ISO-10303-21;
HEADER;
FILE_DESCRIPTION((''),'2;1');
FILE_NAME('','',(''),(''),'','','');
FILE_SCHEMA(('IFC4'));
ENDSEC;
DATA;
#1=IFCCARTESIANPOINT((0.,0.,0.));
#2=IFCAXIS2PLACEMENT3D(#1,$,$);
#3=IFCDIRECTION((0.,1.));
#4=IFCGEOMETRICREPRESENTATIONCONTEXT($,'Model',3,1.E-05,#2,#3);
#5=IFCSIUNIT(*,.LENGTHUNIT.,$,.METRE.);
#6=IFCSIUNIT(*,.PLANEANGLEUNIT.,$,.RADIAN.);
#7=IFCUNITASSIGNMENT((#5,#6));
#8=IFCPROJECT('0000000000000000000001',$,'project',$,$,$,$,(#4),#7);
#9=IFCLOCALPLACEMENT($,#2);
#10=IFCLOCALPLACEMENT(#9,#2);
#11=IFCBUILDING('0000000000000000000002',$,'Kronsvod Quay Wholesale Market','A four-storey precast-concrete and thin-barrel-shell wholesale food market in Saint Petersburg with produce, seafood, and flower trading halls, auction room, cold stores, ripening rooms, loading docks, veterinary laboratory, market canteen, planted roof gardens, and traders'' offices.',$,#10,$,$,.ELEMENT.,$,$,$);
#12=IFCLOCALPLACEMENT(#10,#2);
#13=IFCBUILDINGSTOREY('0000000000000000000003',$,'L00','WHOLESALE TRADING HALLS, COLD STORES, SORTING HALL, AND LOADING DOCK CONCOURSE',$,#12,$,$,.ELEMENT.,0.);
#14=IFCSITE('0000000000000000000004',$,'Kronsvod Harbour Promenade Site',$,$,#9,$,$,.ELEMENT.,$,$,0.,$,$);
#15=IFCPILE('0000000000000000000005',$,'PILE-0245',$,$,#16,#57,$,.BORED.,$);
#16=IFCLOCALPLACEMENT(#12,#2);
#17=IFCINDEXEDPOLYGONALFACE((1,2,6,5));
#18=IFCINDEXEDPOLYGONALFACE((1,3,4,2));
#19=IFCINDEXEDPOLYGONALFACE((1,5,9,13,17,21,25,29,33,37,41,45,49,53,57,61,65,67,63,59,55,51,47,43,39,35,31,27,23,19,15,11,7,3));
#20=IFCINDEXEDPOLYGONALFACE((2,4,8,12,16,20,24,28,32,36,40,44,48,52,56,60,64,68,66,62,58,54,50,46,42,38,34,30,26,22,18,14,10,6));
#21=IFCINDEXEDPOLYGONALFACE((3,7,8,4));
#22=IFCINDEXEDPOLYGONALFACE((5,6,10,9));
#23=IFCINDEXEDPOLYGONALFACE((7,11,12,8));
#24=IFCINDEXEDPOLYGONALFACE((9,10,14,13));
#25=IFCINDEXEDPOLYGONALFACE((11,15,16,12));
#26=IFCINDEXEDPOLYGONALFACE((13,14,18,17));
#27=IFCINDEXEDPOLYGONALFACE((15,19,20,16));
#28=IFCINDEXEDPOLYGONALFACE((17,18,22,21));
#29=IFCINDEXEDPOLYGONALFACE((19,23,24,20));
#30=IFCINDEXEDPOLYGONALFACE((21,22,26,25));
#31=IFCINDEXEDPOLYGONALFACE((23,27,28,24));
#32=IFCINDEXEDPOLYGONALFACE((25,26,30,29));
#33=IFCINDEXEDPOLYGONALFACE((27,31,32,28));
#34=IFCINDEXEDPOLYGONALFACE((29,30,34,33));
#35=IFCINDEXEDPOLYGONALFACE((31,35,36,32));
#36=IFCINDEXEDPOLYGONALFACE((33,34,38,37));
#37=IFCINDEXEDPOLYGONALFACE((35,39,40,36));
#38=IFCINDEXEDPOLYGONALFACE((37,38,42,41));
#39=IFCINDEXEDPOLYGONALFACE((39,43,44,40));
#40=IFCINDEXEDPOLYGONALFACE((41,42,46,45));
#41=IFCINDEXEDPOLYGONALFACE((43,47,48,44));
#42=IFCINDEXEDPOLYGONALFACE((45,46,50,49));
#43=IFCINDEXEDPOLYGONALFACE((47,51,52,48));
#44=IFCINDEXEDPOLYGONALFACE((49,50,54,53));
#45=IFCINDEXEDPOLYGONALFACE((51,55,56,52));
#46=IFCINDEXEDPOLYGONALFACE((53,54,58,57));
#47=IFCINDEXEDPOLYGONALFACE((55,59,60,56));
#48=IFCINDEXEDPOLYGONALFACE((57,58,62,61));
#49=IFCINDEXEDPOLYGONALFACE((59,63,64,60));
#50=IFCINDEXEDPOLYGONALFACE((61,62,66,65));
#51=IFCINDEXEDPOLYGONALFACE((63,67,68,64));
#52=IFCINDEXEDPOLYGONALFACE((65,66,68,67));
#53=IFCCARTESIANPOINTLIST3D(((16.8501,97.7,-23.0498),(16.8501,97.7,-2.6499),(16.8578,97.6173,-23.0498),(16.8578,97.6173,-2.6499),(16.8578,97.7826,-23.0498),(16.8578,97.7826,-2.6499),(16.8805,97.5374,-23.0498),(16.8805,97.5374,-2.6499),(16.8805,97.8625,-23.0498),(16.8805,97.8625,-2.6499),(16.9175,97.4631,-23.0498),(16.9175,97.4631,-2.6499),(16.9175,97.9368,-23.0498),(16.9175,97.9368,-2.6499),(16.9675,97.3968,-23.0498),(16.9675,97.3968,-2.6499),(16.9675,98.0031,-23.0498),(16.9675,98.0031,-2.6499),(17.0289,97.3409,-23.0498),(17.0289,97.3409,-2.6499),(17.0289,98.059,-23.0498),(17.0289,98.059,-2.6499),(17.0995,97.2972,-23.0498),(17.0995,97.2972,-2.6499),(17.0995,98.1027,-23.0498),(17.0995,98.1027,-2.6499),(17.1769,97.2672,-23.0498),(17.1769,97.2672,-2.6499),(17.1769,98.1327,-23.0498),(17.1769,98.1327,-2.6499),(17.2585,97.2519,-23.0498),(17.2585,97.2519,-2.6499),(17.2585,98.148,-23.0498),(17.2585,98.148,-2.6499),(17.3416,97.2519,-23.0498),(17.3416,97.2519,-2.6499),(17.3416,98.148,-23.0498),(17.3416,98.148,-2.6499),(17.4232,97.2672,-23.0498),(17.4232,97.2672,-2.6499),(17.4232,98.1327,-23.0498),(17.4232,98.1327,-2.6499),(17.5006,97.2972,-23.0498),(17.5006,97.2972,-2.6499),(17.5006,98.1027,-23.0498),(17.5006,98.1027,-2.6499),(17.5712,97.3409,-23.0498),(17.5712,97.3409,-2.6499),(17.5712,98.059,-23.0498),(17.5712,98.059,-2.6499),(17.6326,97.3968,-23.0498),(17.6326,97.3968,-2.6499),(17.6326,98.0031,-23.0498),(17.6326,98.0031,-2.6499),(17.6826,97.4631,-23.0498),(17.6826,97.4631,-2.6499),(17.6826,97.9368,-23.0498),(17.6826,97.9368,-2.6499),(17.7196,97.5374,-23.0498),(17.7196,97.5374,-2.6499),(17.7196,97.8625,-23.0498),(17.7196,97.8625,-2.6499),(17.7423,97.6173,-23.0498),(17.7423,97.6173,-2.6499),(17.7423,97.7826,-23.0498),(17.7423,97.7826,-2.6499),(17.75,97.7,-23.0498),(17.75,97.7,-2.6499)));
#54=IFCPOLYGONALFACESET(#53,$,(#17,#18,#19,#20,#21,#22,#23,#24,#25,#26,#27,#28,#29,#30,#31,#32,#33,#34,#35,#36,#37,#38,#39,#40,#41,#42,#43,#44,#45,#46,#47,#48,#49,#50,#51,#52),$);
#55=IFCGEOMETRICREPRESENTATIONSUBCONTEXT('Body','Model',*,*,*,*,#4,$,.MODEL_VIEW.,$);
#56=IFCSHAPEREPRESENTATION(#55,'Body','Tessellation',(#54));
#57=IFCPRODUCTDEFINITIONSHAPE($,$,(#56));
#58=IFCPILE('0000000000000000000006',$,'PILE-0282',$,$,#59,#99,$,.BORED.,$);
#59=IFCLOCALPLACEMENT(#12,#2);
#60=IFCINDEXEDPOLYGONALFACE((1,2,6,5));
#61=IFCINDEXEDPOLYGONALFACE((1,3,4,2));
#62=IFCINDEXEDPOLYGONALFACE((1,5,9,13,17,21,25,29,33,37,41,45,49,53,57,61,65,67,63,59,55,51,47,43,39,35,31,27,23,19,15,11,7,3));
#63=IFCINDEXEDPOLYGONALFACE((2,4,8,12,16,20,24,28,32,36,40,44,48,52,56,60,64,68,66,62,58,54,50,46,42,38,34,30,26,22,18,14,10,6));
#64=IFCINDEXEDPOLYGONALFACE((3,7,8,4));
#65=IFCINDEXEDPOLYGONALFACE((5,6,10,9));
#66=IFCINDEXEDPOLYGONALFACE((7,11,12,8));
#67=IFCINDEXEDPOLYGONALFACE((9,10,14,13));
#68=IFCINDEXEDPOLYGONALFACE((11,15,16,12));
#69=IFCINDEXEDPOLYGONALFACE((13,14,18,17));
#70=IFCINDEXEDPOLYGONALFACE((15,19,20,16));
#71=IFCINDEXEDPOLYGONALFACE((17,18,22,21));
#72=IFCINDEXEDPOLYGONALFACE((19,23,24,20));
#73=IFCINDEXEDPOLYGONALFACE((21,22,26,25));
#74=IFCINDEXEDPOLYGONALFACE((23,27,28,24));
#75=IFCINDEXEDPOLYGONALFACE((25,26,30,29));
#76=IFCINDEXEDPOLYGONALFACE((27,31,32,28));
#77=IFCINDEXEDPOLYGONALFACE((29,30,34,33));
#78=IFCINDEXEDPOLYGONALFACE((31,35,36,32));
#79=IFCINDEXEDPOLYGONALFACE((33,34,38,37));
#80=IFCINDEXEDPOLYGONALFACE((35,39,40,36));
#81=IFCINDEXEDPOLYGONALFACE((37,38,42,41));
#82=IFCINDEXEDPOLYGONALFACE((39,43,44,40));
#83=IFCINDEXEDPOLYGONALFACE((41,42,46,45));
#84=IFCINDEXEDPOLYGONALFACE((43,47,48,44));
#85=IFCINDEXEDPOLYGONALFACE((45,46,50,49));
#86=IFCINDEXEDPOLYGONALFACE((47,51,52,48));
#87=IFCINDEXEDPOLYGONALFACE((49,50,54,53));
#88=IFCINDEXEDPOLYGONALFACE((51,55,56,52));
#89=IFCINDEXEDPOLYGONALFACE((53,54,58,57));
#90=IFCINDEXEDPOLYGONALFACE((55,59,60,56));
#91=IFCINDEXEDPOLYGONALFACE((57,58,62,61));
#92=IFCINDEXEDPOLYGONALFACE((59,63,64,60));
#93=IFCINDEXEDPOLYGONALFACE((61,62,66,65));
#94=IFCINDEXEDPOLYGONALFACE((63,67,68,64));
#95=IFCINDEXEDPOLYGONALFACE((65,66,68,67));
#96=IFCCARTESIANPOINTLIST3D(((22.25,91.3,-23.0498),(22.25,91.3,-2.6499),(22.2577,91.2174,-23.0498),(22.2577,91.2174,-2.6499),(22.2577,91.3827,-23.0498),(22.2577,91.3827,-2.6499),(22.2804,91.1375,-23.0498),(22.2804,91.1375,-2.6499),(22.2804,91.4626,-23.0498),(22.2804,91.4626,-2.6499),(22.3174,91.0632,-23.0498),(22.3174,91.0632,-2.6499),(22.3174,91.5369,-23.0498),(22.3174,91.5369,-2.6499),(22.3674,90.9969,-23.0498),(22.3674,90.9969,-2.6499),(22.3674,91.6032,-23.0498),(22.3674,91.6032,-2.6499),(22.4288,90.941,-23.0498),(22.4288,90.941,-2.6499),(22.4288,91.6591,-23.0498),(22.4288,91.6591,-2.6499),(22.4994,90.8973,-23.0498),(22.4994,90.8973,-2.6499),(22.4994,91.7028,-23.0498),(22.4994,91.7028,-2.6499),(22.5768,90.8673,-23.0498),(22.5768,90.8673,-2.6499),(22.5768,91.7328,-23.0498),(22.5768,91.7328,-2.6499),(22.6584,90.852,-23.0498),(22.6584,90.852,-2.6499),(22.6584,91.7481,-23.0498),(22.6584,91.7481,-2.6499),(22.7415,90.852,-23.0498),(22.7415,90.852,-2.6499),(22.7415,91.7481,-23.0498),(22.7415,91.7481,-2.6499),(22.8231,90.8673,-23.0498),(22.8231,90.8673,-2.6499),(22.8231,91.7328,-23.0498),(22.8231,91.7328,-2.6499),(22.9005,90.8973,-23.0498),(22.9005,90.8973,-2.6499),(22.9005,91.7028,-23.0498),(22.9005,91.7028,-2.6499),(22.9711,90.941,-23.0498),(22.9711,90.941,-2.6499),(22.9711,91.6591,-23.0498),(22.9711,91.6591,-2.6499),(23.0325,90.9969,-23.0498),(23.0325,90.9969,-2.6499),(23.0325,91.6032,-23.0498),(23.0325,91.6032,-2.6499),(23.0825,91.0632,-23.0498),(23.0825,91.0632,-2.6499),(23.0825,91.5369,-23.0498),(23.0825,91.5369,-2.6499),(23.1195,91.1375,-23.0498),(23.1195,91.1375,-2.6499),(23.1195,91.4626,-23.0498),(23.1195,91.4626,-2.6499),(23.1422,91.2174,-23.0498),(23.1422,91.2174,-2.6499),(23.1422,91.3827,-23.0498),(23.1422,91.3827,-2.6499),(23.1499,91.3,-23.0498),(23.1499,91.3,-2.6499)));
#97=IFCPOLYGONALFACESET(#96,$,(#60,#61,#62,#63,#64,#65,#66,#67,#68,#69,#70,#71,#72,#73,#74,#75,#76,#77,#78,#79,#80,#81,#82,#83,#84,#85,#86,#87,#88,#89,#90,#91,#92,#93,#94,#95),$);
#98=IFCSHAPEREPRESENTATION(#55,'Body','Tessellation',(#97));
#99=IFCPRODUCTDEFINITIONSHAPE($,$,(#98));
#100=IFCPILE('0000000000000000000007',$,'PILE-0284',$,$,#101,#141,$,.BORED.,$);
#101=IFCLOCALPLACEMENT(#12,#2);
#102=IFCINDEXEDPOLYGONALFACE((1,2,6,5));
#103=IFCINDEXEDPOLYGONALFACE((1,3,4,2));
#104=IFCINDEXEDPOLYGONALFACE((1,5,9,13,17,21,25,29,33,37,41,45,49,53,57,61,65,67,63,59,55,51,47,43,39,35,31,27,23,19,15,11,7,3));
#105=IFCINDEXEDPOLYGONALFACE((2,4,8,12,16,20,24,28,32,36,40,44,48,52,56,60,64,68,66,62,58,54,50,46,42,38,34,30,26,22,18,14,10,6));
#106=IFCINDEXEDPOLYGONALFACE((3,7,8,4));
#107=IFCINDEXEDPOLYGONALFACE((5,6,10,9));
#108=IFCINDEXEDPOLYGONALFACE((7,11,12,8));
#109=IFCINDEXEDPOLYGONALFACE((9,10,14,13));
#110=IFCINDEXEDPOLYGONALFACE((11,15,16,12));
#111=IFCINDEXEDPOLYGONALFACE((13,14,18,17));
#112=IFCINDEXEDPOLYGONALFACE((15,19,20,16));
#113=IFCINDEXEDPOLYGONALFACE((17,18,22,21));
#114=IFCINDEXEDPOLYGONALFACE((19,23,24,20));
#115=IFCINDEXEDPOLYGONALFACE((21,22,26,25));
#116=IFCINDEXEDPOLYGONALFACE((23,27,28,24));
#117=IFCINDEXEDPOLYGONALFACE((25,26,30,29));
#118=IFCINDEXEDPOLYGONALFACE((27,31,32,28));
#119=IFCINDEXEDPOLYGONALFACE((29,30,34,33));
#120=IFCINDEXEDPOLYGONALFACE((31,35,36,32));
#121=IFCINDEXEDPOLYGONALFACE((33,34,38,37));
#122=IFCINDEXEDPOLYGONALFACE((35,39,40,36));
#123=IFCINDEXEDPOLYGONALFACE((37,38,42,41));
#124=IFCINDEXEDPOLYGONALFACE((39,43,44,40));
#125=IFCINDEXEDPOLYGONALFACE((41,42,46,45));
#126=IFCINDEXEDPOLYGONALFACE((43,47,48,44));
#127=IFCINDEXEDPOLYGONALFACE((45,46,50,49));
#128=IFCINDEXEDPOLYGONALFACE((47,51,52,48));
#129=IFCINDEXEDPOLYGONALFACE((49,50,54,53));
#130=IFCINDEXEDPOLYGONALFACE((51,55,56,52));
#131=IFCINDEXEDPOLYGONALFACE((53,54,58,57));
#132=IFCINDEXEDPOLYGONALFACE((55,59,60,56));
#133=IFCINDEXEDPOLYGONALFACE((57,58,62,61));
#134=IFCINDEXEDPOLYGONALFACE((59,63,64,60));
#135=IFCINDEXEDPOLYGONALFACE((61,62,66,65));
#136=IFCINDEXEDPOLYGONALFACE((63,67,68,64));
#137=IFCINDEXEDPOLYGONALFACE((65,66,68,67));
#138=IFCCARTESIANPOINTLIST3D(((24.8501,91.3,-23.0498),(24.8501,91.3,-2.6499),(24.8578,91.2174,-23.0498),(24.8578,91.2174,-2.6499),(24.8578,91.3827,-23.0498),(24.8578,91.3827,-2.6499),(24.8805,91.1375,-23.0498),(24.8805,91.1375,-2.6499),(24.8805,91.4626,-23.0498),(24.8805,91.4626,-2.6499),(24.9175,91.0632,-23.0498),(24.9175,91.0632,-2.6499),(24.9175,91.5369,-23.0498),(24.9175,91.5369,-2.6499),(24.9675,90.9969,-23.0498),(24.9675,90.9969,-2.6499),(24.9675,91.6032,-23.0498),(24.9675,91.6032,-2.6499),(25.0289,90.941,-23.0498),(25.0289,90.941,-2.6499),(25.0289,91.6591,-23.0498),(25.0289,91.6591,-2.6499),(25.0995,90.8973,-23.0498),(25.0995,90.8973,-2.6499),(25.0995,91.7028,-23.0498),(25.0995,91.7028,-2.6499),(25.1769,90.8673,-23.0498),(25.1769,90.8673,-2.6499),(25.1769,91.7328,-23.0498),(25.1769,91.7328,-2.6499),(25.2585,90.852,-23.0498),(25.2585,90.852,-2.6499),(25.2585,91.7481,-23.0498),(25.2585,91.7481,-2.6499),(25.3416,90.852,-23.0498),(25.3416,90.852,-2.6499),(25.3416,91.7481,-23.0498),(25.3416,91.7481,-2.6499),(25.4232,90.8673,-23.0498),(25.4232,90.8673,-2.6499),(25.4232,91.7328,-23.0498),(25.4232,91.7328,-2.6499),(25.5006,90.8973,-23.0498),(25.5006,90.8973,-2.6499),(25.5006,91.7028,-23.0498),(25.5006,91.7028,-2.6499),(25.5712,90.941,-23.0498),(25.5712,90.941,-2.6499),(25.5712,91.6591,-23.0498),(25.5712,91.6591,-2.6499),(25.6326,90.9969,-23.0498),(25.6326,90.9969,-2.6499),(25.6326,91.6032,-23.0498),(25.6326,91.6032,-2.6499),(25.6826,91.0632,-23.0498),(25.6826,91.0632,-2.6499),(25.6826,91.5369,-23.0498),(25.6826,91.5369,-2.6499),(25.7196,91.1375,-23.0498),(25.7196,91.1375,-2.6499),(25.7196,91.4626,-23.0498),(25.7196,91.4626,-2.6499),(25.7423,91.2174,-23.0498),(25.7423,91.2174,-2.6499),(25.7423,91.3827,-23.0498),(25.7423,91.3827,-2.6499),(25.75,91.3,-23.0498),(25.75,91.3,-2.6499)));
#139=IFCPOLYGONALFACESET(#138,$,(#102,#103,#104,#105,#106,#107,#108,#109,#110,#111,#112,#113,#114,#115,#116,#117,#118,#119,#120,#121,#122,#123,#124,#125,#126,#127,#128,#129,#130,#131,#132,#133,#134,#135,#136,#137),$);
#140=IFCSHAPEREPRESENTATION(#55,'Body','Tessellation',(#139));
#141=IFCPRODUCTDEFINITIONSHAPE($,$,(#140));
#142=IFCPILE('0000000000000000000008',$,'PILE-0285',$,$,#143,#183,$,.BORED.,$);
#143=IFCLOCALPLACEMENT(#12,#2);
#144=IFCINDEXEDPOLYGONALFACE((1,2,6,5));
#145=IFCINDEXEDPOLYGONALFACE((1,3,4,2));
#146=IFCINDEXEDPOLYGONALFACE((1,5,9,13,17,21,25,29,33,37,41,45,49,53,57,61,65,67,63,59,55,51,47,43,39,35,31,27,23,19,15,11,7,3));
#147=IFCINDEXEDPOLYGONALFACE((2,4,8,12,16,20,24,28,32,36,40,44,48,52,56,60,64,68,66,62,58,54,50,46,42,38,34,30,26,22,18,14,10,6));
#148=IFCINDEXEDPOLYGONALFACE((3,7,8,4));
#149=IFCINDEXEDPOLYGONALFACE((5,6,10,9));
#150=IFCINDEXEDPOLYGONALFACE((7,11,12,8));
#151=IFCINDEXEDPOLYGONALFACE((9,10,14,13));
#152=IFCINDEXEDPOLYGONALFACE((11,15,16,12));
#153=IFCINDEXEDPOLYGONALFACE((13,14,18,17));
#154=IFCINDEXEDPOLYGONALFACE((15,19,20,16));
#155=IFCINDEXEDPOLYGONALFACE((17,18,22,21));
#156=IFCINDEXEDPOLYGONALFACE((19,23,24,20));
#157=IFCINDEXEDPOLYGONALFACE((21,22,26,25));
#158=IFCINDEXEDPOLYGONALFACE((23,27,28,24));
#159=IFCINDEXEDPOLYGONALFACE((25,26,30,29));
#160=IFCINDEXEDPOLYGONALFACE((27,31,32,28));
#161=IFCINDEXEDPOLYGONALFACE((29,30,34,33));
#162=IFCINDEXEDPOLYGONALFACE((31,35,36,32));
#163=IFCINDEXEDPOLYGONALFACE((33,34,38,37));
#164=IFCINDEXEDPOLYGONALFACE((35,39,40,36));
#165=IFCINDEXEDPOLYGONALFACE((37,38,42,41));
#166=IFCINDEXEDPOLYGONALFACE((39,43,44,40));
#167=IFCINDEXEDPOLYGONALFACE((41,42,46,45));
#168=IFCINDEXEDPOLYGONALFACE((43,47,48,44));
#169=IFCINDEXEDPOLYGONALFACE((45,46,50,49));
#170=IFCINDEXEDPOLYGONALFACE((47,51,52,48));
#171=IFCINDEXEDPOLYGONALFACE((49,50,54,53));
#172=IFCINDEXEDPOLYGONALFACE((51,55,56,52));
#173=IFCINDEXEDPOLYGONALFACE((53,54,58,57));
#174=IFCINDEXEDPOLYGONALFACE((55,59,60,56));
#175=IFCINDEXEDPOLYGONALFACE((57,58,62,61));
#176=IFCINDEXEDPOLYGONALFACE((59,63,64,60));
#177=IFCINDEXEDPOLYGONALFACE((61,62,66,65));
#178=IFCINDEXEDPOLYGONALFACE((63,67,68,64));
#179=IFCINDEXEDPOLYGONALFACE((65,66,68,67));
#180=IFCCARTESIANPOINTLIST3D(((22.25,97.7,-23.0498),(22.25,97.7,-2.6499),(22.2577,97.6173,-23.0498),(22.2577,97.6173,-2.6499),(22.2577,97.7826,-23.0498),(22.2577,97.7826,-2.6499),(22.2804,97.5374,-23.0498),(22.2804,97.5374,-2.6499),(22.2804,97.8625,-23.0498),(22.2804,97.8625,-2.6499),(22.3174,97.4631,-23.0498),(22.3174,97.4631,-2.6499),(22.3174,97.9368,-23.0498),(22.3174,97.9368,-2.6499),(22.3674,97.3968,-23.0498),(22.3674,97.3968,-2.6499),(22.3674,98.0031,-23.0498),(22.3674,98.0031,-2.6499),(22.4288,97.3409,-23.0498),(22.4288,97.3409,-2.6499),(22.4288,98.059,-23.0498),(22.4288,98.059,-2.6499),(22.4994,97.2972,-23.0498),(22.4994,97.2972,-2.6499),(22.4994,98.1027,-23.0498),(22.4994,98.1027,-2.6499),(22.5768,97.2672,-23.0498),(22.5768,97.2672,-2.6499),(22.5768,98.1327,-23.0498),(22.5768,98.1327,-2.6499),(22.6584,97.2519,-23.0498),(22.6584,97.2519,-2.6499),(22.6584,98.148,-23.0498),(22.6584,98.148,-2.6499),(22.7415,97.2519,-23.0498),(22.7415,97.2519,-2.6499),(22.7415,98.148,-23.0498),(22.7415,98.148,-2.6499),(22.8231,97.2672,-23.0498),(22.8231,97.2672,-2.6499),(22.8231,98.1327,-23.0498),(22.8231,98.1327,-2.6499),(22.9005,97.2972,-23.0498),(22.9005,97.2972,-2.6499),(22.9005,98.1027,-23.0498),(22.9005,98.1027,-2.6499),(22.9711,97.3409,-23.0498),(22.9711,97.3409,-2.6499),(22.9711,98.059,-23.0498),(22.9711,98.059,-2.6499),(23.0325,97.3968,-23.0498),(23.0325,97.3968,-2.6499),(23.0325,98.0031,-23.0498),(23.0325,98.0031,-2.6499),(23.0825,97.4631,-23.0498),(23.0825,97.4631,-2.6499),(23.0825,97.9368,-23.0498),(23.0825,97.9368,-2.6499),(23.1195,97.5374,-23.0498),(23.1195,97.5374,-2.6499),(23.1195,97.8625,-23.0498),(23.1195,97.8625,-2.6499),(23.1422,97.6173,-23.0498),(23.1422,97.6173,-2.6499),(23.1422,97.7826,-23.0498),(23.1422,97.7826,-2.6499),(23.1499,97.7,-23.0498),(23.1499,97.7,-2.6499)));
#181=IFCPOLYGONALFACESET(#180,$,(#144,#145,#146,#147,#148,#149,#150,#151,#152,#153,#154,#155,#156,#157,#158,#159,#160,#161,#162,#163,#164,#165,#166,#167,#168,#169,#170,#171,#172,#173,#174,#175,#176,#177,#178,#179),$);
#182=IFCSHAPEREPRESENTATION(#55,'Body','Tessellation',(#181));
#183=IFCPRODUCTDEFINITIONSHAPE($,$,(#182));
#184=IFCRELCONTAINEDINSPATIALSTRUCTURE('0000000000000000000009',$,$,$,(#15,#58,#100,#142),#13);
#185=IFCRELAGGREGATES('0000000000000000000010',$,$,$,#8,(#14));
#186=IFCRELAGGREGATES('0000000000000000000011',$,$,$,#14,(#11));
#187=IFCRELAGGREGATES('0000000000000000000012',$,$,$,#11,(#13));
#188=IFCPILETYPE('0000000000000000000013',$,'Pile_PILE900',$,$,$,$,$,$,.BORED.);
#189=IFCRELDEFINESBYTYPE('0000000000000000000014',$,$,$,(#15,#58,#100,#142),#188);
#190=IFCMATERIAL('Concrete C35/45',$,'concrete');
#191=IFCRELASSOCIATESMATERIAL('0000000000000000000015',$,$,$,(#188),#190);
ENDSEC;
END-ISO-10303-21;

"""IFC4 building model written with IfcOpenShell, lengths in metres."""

from ifc_helpers import new_model, si_unit, direction, frame, origin, origin_2d, place, context, subcontext, project, spatial, circle, extrude, material, material_profile, profile_set, type_object, element, save


model = new_model("IFC4")

# Units and contexts
model_context = context("Model", 3, precision=1e-05, world=origin(), true_north=direction((0.0, 1.0)))
body_context = subcontext(model_context, "Body", "Model", "MODEL_VIEW")
ifc_project = project(units=[si_unit("LENGTHUNIT", "METRE"), si_unit("PLANEANGLEUNIT", "RADIAN")], contexts=[model_context])

# Site, building, storey
site_placement = place(None, origin())
site = spatial("IfcSite", under=ifc_project, at=site_placement, Name="Kronsvod Harbour Promenade Site", CompositionType="ELEMENT", RefElevation=0.0)
building_placement = place(site_placement, origin())
building = spatial("IfcBuilding", under=site, at=building_placement, Name="Kronsvod Quay Wholesale Market", Description="A four-storey precast-concrete and thin-barrel-shell wholesale food market in Saint Petersburg with produce, seafood, and flower trading halls, auction room, cold stores, ripening rooms, loading docks, veterinary laboratory, market canteen, planted roof gardens, and traders' offices.", CompositionType="ELEMENT")
storey_placement = place(building_placement, origin())
storey = spatial("IfcBuildingStorey", under=building, at=storey_placement, Name="L00", Description="WHOLESALE TRADING HALLS, COLD STORES, SORTING HALL, AND LOADING DOCK CONCOURSE", CompositionType="ELEMENT", Elevation=0.0)

# Piles
ifc_material_1 = material(Name="Concrete C35/45", Category="concrete")
ifc_material_profile_1 = material_profile(ifc_material_1, circle(Radius=0.45, at=origin_2d()), Name="PILE900")
ifc_profile_set_1 = profile_set([ifc_material_profile_1], Name="Concrete C35/45")
pile_type = type_object("IfcPileType", Name="Pile_PILE900", PredefinedType="BORED", material=ifc_profile_set_1)
for number, where, z_axis, x_axis, name in (
    (1, (17.3, 97.7, -2.6499), (0.0, 0.0, -1.0), (1.0, 0.0, 0.0), "PILE-0245"),
    (2, (22.7, 91.3, -2.6499), (0.0, 0.0, -1.0), (1.0, 0.0, 0.0), "PILE-0282"),
    (3, (25.3, 91.3, -2.6499), (0.0, 0.0, -1.0), (1.0, 0.0, 0.0), "PILE-0284"),
    (4, (22.7, 97.7, -2.6499), (0.0, 0.0, -1.0), (1.0, 0.0, 0.0), "PILE-0285"),
):
    element("IfcPile", number, at=place(storey_placement, frame(where, z_axis=z_axis, x_axis=x_axis)), inside=storey, type_object=pile_type, Name=name, PredefinedType="BORED", context=body_context, shape_type="SweptSolid", body=[
        extrude(circle(Radius=0.45, at=origin_2d()), origin(), (0.0, 0.0, 1.0), 20.3999),
    ])

save(model, "model.ifc")
